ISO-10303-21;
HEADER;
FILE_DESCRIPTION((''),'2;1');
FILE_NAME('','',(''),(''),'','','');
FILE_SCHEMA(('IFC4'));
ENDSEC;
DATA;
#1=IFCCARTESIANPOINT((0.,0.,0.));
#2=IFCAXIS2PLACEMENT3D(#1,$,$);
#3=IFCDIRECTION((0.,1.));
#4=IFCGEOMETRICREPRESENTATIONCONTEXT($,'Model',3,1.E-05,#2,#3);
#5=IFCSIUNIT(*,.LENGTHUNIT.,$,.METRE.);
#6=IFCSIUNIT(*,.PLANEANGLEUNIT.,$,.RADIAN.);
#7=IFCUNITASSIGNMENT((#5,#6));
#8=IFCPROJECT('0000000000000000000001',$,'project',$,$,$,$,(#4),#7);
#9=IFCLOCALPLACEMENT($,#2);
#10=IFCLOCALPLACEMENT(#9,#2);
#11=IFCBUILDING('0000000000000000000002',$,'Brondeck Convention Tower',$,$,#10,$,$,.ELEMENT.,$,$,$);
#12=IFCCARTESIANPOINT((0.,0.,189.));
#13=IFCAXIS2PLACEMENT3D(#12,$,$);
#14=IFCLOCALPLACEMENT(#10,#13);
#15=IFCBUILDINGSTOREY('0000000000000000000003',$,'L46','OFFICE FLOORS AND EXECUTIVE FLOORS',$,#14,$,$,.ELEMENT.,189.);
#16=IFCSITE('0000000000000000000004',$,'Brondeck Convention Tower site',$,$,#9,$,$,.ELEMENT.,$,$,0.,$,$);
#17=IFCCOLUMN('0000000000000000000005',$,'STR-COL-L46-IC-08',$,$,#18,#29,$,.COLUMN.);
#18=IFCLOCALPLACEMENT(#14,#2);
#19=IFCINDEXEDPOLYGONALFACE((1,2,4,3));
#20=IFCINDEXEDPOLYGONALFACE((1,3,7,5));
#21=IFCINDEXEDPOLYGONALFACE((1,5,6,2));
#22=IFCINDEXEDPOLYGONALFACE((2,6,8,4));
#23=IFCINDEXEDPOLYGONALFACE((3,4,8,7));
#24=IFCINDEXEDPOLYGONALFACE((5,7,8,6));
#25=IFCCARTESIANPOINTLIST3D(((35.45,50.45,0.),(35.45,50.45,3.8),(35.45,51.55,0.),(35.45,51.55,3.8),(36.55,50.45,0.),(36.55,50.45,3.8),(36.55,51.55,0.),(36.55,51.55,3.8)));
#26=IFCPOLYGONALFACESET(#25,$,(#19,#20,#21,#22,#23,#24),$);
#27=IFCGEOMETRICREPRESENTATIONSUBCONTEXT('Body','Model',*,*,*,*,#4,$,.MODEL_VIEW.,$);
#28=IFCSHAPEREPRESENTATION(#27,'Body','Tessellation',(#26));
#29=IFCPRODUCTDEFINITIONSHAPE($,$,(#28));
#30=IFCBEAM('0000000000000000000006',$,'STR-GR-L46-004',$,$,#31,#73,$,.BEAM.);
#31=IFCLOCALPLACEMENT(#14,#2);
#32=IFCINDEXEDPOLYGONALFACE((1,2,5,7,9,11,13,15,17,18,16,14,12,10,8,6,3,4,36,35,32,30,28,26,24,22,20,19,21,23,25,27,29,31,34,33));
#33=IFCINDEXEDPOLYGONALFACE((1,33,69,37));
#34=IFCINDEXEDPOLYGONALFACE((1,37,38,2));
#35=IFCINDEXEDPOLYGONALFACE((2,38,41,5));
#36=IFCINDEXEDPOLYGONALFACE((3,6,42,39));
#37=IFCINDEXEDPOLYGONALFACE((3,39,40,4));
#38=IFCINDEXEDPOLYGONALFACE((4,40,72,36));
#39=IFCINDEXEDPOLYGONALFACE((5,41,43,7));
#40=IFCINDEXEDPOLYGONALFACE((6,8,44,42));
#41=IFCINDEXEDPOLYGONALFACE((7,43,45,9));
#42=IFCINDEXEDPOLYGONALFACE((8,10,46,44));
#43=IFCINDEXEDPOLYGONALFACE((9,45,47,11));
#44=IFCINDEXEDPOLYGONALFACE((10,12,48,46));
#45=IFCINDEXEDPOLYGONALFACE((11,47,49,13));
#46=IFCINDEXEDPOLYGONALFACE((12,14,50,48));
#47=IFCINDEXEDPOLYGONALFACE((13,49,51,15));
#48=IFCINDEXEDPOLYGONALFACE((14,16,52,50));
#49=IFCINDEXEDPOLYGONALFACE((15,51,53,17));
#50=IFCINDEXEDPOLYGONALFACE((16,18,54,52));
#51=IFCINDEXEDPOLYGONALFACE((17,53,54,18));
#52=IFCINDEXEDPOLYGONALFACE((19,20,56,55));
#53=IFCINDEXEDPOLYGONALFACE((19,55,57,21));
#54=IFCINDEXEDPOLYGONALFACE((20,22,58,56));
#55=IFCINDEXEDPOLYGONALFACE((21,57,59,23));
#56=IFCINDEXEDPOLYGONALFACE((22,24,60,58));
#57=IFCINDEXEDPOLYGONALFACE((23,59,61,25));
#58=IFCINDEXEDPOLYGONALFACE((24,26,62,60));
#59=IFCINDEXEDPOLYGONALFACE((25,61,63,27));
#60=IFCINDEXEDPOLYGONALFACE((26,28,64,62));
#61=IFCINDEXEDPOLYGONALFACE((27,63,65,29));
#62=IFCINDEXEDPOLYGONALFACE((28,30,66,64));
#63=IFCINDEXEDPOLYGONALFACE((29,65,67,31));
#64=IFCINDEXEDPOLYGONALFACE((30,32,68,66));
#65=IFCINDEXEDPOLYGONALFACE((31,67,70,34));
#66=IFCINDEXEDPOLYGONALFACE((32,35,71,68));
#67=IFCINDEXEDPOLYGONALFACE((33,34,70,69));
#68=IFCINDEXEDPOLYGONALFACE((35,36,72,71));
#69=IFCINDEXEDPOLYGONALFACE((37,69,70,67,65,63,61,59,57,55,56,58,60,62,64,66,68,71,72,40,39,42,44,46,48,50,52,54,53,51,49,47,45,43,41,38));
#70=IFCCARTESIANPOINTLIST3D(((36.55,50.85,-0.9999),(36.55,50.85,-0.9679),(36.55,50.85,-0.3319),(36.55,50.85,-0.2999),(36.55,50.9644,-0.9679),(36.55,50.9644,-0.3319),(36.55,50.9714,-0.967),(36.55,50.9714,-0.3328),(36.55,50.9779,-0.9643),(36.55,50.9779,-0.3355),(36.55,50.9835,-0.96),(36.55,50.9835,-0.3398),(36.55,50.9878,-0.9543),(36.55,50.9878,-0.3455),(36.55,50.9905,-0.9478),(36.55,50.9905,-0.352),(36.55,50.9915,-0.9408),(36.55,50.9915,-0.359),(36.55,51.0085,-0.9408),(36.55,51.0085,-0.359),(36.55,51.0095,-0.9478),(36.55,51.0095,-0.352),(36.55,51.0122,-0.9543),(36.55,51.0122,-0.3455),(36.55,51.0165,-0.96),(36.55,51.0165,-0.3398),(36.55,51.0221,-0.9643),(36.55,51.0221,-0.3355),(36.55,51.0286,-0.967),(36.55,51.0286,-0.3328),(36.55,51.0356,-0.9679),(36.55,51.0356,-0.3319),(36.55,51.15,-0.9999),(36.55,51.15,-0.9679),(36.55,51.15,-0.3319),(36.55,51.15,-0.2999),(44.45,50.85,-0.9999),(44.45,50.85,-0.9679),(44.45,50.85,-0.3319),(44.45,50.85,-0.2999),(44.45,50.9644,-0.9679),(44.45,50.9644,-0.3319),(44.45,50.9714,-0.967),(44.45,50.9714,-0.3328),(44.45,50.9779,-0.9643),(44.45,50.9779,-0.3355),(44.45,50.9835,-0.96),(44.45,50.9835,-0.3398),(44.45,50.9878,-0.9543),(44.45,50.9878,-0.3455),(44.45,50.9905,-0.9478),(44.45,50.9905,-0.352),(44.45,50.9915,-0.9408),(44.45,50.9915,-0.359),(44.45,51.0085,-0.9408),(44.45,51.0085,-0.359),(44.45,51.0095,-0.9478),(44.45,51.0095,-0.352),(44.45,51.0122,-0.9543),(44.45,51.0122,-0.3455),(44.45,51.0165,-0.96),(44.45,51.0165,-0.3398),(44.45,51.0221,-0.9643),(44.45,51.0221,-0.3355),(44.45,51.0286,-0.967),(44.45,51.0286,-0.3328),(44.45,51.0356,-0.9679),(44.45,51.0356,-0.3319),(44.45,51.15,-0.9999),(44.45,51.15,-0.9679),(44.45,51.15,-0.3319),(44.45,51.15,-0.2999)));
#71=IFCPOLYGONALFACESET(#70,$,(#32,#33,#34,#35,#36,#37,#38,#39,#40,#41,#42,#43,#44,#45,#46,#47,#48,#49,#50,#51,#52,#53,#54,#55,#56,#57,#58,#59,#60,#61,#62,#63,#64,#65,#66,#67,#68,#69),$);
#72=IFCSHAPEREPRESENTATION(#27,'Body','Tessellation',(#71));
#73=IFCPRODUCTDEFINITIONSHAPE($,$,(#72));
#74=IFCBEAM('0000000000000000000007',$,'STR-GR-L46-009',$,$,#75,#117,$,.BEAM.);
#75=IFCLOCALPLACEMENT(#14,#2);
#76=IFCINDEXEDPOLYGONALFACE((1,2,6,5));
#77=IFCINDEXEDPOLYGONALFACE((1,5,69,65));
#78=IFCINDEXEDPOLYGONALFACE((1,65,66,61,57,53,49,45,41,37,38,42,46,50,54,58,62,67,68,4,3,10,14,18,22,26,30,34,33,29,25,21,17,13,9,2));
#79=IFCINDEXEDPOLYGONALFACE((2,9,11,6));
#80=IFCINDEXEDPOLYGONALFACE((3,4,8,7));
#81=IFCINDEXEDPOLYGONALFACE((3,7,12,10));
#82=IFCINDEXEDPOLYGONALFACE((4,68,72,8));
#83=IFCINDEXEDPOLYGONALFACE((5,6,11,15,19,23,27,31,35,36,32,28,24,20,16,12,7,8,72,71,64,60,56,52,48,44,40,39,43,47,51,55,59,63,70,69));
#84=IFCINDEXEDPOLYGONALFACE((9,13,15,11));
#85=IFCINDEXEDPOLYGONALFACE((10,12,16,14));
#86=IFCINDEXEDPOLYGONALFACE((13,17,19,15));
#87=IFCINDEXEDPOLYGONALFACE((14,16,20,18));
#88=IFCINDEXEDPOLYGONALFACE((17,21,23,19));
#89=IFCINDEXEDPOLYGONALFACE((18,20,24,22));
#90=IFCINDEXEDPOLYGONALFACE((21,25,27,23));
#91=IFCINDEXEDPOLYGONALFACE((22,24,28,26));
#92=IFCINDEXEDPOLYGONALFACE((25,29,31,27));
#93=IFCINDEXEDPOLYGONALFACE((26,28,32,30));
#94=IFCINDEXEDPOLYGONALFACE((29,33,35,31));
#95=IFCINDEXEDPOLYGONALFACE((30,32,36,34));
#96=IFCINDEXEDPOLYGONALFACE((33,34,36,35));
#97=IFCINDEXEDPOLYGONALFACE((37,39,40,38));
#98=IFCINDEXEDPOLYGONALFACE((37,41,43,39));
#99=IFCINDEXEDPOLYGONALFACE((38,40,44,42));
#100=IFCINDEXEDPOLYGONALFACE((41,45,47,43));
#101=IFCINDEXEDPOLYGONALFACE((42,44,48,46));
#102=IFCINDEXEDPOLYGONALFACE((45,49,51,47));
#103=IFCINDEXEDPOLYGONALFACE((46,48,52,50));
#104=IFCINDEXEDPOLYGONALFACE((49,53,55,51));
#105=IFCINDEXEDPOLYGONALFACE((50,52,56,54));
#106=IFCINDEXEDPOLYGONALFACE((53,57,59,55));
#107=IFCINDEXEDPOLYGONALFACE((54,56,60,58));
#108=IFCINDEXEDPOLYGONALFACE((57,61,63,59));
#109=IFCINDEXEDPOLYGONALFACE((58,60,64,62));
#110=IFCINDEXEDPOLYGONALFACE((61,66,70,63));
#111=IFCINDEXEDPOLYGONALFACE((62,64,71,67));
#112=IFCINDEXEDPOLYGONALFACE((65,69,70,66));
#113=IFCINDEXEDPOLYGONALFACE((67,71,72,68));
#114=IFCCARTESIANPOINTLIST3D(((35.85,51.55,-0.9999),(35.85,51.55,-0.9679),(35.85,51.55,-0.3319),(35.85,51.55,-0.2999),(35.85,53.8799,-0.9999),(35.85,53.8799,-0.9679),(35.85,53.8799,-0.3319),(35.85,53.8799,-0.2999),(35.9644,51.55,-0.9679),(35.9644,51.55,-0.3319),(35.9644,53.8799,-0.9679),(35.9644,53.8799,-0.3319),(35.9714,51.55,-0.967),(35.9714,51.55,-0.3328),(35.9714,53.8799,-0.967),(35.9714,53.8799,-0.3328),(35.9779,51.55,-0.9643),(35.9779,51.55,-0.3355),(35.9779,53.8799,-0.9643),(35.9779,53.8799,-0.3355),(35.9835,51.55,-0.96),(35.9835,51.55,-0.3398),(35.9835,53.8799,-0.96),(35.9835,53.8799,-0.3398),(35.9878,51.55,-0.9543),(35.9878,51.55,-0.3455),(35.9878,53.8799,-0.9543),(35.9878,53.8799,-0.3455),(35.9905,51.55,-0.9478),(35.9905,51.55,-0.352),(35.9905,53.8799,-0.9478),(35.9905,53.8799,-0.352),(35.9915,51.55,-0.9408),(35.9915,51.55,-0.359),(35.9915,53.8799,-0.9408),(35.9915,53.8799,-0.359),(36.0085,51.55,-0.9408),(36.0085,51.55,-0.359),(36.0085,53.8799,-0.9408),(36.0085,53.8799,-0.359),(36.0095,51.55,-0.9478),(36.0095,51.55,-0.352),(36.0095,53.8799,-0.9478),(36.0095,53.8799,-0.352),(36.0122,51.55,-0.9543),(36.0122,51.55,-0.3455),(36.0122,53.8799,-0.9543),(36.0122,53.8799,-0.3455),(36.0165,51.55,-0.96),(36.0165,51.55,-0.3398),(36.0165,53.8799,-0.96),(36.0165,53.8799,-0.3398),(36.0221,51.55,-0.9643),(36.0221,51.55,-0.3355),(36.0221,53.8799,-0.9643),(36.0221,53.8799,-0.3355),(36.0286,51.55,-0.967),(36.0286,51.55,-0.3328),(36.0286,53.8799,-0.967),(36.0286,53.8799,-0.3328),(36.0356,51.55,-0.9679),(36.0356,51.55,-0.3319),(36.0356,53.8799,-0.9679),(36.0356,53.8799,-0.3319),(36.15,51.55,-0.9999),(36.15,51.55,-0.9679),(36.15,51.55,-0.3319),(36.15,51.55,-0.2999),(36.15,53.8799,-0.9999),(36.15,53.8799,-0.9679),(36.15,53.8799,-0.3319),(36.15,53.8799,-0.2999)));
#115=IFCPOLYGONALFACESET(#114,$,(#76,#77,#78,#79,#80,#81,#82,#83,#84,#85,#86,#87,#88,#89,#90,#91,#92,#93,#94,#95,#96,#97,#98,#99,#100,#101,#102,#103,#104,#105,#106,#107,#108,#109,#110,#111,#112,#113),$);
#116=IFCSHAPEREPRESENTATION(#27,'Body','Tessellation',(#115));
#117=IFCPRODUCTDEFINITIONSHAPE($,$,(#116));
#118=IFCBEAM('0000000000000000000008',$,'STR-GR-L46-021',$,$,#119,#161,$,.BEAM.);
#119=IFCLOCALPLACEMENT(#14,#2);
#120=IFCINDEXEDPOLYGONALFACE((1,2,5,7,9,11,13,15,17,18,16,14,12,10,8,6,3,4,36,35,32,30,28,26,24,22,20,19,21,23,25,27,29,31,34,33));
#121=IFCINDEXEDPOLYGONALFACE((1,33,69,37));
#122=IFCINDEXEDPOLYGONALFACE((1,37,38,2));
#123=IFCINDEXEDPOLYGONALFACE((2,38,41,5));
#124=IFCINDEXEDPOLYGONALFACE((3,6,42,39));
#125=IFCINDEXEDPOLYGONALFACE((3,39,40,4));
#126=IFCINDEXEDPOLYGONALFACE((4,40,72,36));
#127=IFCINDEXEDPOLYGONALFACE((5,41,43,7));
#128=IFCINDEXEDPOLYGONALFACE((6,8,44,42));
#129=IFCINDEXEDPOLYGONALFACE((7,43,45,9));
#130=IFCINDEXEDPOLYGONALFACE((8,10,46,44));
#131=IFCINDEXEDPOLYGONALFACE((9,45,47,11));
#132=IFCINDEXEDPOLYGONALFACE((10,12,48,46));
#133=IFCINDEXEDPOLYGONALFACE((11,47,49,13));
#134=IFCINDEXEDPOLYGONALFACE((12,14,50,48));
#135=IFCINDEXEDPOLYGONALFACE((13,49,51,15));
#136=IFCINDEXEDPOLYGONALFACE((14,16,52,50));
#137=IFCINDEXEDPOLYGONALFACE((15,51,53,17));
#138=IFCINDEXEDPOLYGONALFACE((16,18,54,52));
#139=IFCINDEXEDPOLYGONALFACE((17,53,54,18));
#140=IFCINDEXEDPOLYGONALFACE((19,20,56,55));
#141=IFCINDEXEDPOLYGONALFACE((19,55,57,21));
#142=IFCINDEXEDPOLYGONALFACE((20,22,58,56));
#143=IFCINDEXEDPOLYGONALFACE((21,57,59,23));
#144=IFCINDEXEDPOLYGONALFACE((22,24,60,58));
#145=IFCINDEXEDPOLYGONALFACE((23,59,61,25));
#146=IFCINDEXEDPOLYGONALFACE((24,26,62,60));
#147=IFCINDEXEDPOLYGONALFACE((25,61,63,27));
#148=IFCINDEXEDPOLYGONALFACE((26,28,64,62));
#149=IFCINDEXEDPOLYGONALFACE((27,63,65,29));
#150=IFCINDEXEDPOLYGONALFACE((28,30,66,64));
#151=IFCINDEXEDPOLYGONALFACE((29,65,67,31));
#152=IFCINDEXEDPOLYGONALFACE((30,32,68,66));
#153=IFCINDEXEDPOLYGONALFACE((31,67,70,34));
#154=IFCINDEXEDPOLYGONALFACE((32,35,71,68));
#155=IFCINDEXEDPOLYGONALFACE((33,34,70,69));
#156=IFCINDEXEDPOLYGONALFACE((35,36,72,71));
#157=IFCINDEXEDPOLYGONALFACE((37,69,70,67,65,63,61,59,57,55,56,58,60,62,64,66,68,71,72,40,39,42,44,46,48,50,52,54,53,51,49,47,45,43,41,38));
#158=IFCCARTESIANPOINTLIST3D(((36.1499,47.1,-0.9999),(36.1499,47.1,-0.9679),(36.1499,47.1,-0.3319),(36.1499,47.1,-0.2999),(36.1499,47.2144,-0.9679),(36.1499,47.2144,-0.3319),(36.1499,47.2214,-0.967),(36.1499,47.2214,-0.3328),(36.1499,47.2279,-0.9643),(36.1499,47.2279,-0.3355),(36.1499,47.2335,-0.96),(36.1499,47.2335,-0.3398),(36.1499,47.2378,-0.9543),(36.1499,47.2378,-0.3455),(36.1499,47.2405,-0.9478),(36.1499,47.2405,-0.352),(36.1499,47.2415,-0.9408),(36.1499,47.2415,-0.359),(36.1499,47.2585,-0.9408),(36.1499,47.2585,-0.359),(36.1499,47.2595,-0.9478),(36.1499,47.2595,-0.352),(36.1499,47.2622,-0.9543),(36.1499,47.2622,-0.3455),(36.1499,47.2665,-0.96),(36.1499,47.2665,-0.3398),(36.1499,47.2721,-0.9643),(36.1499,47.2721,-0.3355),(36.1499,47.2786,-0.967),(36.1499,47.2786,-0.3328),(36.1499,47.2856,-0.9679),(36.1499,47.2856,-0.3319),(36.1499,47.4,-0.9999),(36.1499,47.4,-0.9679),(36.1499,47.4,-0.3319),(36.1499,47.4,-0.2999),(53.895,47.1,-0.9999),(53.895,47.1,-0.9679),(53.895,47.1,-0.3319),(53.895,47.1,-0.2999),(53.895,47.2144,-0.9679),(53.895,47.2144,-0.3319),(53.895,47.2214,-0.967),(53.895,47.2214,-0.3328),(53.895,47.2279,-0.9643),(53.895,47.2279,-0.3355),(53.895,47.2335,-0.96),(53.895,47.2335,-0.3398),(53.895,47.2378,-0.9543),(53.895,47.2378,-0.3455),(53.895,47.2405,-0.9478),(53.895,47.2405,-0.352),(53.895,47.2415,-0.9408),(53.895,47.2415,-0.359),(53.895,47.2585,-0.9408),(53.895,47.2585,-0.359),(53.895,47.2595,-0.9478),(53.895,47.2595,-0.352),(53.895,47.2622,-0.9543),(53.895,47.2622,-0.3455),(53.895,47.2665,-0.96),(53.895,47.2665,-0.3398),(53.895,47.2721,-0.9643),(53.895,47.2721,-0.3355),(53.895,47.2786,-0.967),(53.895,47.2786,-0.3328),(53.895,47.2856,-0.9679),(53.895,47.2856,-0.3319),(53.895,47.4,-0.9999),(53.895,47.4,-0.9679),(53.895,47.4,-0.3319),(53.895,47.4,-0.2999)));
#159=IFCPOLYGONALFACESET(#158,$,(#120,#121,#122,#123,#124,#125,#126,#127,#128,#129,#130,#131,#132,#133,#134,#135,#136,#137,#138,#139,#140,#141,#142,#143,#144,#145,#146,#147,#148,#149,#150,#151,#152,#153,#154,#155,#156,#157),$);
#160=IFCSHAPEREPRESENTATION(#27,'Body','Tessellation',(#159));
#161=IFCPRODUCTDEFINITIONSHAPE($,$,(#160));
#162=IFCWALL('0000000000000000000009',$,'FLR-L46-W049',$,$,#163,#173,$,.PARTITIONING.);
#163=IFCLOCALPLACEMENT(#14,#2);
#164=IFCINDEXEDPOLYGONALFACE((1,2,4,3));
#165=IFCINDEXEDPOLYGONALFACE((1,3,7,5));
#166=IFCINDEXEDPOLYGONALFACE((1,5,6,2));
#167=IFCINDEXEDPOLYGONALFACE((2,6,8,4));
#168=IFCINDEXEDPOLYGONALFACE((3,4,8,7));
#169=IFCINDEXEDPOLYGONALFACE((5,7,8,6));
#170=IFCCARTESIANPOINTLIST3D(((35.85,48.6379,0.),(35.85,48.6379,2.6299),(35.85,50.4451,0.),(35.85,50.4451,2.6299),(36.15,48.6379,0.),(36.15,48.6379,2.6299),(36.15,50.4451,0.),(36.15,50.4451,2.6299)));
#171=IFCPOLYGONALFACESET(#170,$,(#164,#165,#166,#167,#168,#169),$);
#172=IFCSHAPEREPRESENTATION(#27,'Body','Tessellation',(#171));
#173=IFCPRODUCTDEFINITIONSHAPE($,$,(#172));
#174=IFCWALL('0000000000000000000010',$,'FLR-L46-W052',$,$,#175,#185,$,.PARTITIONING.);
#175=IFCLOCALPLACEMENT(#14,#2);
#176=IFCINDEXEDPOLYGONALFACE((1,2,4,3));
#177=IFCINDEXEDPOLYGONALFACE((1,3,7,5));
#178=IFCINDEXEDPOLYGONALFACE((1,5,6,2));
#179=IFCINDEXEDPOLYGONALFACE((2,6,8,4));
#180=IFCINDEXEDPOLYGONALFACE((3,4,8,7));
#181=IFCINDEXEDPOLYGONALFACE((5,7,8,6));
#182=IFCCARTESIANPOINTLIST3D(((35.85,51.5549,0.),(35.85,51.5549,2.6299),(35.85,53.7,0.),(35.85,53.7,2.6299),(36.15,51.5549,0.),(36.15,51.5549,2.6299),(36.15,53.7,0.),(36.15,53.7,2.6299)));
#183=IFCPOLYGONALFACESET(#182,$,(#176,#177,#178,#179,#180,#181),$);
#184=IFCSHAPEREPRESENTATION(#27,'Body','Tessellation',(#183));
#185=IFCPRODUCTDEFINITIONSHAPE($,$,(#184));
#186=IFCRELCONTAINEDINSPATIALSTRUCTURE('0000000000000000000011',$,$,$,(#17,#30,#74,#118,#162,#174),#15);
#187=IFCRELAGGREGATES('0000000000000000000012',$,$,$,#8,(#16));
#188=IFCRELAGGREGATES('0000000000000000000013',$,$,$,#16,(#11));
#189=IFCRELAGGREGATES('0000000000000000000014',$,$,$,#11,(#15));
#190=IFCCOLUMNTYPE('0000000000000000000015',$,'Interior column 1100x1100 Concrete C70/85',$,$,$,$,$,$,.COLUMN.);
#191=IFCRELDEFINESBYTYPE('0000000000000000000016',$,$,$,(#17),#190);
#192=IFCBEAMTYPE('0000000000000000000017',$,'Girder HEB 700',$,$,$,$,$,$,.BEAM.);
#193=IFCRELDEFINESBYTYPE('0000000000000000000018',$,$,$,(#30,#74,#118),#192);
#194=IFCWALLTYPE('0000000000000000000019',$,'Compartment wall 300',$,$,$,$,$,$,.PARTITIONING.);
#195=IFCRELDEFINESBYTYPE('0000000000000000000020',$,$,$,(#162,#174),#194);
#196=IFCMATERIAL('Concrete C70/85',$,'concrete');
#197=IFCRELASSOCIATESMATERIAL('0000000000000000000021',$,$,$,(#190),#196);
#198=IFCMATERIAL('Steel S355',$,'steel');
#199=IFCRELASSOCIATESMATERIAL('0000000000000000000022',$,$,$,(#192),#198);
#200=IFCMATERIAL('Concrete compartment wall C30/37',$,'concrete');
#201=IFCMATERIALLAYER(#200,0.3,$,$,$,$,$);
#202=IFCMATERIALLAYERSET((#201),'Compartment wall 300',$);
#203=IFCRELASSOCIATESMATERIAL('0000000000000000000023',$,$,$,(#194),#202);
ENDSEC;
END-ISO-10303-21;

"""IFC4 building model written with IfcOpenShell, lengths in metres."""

from ifc_helpers import new_model, si_unit, direction, frame, frame_2d, origin, origin_2d, place, context, subcontext, project, spatial, rectangle, i_section, extrude, material, layer, layer_set, material_profile, profile_set, type_object, element, save


model = new_model("IFC4")

# Units and contexts
model_context = context("Model", 3, precision=1e-05, world=origin(), true_north=direction((0.0, 1.0)))
body_context = subcontext(model_context, "Body", "Model", "MODEL_VIEW")
ifc_project = project(units=[si_unit("LENGTHUNIT", "METRE"), si_unit("PLANEANGLEUNIT", "RADIAN")], contexts=[model_context])

# Site, building, storey
site_placement = place(None, origin())
site = spatial("IfcSite", under=ifc_project, at=site_placement, Name="Brondeck Convention Tower site", CompositionType="ELEMENT", RefElevation=0.0)
building_placement = place(site_placement, origin())
building = spatial("IfcBuilding", under=site, at=building_placement, Name="Brondeck Convention Tower", CompositionType="ELEMENT")
storey_placement = place(building_placement, frame((0.0, 0.0, 189.0)))
storey = spatial("IfcBuildingStorey", under=building, at=storey_placement, Name="L46", Description="OFFICE FLOORS AND EXECUTIVE FLOORS", CompositionType="ELEMENT", Elevation=189.0)

# Column
ifc_material_1 = material(Name="Concrete C70/85", Category="concrete")
ifc_material_profile_1 = material_profile(ifc_material_1, rectangle(XDim=1.1001, YDim=1.1001, at=origin_2d()), Name="Interior column 1100x1100 Concrete C70/85")
ifc_profile_set_1 = profile_set([ifc_material_profile_1], Name="Concrete C70/85")
column_type = type_object("IfcColumnType", Name="Interior column 1100x1100 Concrete C70/85", PredefinedType="COLUMN", material=ifc_profile_set_1)
column_placement = place(storey_placement, frame((36.0, 51.0, 0.0), z_axis=(0.0, 0.0, 1.0), x_axis=(1.0, 0.0, 0.0)))
element("IfcColumn", 1, at=column_placement, inside=storey, type_object=column_type, Name="STR-COL-L46-IC-08", PredefinedType="COLUMN", context=body_context, shape_type="SweptSolid", body=[
    extrude(rectangle(XDim=1.1001, YDim=1.1001, at=origin_2d()), origin(), (0.0, 0.0, 1.0), 3.8),
])

# Beams
ifc_material_2 = material(Name="Steel S355", Category="steel")
ifc_material_profile_2 = material_profile(ifc_material_2, i_section(OverallWidth=0.3, OverallDepth=0.7, WebThickness=0.0171, FlangeThickness=0.032, FilletRadius=0.0271, at=origin_2d()), Name="HEB 700")
ifc_profile_set_2 = profile_set([ifc_material_profile_2], Name="Steel S355")
beam_type = type_object("IfcBeamType", Name="Girder HEB 700", PredefinedType="BEAM", material=ifc_profile_set_2)
beam_1_placement = place(storey_placement, frame((36.55, 51.0, -0.6499), z_axis=(1.0, 0.0, 0.0), x_axis=(0.0, 1.0, 0.0)))
element("IfcBeam", 2, at=beam_1_placement, inside=storey, type_object=beam_type, Name="STR-GR-L46-004", PredefinedType="BEAM", context=body_context, shape_type="SweptSolid", body=[
    extrude(i_section(OverallWidth=0.3, OverallDepth=0.7, WebThickness=0.0171, FlangeThickness=0.032, FilletRadius=0.0271, at=origin_2d()), origin(), (0.0, 0.0, 1.0), 7.8999),
])
beam_2_placement = place(storey_placement, frame((36.0, 51.55, -0.6499), z_axis=(0.0, 1.0, 0.0), x_axis=(-1.0, 0.0, 0.0)))
element("IfcBeam", 3, at=beam_2_placement, inside=storey, type_object=beam_type, Name="STR-GR-L46-009", PredefinedType="BEAM", context=body_context, shape_type="SweptSolid", body=[
    extrude(i_section(OverallWidth=0.3, OverallDepth=0.7, WebThickness=0.0171, FlangeThickness=0.032, FilletRadius=0.0271, at=origin_2d()), origin(), (0.0, 0.0, 1.0), 2.3298),
])
beam_3_placement = place(storey_placement, frame((36.1499, 47.25, -0.6499), z_axis=(1.0, 0.0, 0.0), x_axis=(0.0, 1.0, 0.0)))
element("IfcBeam", 4, at=beam_3_placement, inside=storey, type_object=beam_type, Name="STR-GR-L46-021", PredefinedType="BEAM", context=body_context, shape_type="SweptSolid", body=[
    extrude(i_section(OverallWidth=0.3, OverallDepth=0.7, WebThickness=0.0171, FlangeThickness=0.032, FilletRadius=0.0271, at=origin_2d()), origin(), (0.0, 0.0, 1.0), 17.7451),
])

# Walls
ifc_material_3 = material(Name="Concrete compartment wall C30/37", Category="concrete")
ifc_layer_1 = layer(ifc_material_3, 0.3)
ifc_layer_set_1 = layer_set([ifc_layer_1], Name="Compartment wall 300")
wall_type_1 = type_object("IfcWallType", Name="Compartment wall 300", PredefinedType="PARTITIONING", material=ifc_layer_set_1)
wall_1_placement = place(storey_placement, frame((36.0, 48.6379, 0.0), z_axis=(0.0, 0.0, 1.0), x_axis=(0.0, 1.0, 0.0)))
element("IfcWall", 5, at=wall_1_placement, inside=storey, type_object=wall_type_1, Name="FLR-L46-W049", PredefinedType="PARTITIONING", context=body_context, shape_type="SweptSolid", body=[
    extrude(rectangle(XDim=1.8071, YDim=0.3, at=frame_2d((0.9036, 0.0))), origin(), (0.0, 0.0, 1.0), 2.6299),
])
wall_2_placement = place(storey_placement, frame((36.0, 51.5549, 0.0), z_axis=(0.0, 0.0, 1.0), x_axis=(0.0, 1.0, 0.0)))
element("IfcWall", 6, at=wall_2_placement, inside=storey, type_object=wall_type_1, Name="FLR-L46-W052", PredefinedType="PARTITIONING", context=body_context, shape_type="SweptSolid", body=[
    extrude(rectangle(XDim=2.145, YDim=0.3, at=frame_2d((1.0725, 0.0))), origin(), (0.0, 0.0, 1.0), 2.6299),
])

save(model, "model.ifc")
